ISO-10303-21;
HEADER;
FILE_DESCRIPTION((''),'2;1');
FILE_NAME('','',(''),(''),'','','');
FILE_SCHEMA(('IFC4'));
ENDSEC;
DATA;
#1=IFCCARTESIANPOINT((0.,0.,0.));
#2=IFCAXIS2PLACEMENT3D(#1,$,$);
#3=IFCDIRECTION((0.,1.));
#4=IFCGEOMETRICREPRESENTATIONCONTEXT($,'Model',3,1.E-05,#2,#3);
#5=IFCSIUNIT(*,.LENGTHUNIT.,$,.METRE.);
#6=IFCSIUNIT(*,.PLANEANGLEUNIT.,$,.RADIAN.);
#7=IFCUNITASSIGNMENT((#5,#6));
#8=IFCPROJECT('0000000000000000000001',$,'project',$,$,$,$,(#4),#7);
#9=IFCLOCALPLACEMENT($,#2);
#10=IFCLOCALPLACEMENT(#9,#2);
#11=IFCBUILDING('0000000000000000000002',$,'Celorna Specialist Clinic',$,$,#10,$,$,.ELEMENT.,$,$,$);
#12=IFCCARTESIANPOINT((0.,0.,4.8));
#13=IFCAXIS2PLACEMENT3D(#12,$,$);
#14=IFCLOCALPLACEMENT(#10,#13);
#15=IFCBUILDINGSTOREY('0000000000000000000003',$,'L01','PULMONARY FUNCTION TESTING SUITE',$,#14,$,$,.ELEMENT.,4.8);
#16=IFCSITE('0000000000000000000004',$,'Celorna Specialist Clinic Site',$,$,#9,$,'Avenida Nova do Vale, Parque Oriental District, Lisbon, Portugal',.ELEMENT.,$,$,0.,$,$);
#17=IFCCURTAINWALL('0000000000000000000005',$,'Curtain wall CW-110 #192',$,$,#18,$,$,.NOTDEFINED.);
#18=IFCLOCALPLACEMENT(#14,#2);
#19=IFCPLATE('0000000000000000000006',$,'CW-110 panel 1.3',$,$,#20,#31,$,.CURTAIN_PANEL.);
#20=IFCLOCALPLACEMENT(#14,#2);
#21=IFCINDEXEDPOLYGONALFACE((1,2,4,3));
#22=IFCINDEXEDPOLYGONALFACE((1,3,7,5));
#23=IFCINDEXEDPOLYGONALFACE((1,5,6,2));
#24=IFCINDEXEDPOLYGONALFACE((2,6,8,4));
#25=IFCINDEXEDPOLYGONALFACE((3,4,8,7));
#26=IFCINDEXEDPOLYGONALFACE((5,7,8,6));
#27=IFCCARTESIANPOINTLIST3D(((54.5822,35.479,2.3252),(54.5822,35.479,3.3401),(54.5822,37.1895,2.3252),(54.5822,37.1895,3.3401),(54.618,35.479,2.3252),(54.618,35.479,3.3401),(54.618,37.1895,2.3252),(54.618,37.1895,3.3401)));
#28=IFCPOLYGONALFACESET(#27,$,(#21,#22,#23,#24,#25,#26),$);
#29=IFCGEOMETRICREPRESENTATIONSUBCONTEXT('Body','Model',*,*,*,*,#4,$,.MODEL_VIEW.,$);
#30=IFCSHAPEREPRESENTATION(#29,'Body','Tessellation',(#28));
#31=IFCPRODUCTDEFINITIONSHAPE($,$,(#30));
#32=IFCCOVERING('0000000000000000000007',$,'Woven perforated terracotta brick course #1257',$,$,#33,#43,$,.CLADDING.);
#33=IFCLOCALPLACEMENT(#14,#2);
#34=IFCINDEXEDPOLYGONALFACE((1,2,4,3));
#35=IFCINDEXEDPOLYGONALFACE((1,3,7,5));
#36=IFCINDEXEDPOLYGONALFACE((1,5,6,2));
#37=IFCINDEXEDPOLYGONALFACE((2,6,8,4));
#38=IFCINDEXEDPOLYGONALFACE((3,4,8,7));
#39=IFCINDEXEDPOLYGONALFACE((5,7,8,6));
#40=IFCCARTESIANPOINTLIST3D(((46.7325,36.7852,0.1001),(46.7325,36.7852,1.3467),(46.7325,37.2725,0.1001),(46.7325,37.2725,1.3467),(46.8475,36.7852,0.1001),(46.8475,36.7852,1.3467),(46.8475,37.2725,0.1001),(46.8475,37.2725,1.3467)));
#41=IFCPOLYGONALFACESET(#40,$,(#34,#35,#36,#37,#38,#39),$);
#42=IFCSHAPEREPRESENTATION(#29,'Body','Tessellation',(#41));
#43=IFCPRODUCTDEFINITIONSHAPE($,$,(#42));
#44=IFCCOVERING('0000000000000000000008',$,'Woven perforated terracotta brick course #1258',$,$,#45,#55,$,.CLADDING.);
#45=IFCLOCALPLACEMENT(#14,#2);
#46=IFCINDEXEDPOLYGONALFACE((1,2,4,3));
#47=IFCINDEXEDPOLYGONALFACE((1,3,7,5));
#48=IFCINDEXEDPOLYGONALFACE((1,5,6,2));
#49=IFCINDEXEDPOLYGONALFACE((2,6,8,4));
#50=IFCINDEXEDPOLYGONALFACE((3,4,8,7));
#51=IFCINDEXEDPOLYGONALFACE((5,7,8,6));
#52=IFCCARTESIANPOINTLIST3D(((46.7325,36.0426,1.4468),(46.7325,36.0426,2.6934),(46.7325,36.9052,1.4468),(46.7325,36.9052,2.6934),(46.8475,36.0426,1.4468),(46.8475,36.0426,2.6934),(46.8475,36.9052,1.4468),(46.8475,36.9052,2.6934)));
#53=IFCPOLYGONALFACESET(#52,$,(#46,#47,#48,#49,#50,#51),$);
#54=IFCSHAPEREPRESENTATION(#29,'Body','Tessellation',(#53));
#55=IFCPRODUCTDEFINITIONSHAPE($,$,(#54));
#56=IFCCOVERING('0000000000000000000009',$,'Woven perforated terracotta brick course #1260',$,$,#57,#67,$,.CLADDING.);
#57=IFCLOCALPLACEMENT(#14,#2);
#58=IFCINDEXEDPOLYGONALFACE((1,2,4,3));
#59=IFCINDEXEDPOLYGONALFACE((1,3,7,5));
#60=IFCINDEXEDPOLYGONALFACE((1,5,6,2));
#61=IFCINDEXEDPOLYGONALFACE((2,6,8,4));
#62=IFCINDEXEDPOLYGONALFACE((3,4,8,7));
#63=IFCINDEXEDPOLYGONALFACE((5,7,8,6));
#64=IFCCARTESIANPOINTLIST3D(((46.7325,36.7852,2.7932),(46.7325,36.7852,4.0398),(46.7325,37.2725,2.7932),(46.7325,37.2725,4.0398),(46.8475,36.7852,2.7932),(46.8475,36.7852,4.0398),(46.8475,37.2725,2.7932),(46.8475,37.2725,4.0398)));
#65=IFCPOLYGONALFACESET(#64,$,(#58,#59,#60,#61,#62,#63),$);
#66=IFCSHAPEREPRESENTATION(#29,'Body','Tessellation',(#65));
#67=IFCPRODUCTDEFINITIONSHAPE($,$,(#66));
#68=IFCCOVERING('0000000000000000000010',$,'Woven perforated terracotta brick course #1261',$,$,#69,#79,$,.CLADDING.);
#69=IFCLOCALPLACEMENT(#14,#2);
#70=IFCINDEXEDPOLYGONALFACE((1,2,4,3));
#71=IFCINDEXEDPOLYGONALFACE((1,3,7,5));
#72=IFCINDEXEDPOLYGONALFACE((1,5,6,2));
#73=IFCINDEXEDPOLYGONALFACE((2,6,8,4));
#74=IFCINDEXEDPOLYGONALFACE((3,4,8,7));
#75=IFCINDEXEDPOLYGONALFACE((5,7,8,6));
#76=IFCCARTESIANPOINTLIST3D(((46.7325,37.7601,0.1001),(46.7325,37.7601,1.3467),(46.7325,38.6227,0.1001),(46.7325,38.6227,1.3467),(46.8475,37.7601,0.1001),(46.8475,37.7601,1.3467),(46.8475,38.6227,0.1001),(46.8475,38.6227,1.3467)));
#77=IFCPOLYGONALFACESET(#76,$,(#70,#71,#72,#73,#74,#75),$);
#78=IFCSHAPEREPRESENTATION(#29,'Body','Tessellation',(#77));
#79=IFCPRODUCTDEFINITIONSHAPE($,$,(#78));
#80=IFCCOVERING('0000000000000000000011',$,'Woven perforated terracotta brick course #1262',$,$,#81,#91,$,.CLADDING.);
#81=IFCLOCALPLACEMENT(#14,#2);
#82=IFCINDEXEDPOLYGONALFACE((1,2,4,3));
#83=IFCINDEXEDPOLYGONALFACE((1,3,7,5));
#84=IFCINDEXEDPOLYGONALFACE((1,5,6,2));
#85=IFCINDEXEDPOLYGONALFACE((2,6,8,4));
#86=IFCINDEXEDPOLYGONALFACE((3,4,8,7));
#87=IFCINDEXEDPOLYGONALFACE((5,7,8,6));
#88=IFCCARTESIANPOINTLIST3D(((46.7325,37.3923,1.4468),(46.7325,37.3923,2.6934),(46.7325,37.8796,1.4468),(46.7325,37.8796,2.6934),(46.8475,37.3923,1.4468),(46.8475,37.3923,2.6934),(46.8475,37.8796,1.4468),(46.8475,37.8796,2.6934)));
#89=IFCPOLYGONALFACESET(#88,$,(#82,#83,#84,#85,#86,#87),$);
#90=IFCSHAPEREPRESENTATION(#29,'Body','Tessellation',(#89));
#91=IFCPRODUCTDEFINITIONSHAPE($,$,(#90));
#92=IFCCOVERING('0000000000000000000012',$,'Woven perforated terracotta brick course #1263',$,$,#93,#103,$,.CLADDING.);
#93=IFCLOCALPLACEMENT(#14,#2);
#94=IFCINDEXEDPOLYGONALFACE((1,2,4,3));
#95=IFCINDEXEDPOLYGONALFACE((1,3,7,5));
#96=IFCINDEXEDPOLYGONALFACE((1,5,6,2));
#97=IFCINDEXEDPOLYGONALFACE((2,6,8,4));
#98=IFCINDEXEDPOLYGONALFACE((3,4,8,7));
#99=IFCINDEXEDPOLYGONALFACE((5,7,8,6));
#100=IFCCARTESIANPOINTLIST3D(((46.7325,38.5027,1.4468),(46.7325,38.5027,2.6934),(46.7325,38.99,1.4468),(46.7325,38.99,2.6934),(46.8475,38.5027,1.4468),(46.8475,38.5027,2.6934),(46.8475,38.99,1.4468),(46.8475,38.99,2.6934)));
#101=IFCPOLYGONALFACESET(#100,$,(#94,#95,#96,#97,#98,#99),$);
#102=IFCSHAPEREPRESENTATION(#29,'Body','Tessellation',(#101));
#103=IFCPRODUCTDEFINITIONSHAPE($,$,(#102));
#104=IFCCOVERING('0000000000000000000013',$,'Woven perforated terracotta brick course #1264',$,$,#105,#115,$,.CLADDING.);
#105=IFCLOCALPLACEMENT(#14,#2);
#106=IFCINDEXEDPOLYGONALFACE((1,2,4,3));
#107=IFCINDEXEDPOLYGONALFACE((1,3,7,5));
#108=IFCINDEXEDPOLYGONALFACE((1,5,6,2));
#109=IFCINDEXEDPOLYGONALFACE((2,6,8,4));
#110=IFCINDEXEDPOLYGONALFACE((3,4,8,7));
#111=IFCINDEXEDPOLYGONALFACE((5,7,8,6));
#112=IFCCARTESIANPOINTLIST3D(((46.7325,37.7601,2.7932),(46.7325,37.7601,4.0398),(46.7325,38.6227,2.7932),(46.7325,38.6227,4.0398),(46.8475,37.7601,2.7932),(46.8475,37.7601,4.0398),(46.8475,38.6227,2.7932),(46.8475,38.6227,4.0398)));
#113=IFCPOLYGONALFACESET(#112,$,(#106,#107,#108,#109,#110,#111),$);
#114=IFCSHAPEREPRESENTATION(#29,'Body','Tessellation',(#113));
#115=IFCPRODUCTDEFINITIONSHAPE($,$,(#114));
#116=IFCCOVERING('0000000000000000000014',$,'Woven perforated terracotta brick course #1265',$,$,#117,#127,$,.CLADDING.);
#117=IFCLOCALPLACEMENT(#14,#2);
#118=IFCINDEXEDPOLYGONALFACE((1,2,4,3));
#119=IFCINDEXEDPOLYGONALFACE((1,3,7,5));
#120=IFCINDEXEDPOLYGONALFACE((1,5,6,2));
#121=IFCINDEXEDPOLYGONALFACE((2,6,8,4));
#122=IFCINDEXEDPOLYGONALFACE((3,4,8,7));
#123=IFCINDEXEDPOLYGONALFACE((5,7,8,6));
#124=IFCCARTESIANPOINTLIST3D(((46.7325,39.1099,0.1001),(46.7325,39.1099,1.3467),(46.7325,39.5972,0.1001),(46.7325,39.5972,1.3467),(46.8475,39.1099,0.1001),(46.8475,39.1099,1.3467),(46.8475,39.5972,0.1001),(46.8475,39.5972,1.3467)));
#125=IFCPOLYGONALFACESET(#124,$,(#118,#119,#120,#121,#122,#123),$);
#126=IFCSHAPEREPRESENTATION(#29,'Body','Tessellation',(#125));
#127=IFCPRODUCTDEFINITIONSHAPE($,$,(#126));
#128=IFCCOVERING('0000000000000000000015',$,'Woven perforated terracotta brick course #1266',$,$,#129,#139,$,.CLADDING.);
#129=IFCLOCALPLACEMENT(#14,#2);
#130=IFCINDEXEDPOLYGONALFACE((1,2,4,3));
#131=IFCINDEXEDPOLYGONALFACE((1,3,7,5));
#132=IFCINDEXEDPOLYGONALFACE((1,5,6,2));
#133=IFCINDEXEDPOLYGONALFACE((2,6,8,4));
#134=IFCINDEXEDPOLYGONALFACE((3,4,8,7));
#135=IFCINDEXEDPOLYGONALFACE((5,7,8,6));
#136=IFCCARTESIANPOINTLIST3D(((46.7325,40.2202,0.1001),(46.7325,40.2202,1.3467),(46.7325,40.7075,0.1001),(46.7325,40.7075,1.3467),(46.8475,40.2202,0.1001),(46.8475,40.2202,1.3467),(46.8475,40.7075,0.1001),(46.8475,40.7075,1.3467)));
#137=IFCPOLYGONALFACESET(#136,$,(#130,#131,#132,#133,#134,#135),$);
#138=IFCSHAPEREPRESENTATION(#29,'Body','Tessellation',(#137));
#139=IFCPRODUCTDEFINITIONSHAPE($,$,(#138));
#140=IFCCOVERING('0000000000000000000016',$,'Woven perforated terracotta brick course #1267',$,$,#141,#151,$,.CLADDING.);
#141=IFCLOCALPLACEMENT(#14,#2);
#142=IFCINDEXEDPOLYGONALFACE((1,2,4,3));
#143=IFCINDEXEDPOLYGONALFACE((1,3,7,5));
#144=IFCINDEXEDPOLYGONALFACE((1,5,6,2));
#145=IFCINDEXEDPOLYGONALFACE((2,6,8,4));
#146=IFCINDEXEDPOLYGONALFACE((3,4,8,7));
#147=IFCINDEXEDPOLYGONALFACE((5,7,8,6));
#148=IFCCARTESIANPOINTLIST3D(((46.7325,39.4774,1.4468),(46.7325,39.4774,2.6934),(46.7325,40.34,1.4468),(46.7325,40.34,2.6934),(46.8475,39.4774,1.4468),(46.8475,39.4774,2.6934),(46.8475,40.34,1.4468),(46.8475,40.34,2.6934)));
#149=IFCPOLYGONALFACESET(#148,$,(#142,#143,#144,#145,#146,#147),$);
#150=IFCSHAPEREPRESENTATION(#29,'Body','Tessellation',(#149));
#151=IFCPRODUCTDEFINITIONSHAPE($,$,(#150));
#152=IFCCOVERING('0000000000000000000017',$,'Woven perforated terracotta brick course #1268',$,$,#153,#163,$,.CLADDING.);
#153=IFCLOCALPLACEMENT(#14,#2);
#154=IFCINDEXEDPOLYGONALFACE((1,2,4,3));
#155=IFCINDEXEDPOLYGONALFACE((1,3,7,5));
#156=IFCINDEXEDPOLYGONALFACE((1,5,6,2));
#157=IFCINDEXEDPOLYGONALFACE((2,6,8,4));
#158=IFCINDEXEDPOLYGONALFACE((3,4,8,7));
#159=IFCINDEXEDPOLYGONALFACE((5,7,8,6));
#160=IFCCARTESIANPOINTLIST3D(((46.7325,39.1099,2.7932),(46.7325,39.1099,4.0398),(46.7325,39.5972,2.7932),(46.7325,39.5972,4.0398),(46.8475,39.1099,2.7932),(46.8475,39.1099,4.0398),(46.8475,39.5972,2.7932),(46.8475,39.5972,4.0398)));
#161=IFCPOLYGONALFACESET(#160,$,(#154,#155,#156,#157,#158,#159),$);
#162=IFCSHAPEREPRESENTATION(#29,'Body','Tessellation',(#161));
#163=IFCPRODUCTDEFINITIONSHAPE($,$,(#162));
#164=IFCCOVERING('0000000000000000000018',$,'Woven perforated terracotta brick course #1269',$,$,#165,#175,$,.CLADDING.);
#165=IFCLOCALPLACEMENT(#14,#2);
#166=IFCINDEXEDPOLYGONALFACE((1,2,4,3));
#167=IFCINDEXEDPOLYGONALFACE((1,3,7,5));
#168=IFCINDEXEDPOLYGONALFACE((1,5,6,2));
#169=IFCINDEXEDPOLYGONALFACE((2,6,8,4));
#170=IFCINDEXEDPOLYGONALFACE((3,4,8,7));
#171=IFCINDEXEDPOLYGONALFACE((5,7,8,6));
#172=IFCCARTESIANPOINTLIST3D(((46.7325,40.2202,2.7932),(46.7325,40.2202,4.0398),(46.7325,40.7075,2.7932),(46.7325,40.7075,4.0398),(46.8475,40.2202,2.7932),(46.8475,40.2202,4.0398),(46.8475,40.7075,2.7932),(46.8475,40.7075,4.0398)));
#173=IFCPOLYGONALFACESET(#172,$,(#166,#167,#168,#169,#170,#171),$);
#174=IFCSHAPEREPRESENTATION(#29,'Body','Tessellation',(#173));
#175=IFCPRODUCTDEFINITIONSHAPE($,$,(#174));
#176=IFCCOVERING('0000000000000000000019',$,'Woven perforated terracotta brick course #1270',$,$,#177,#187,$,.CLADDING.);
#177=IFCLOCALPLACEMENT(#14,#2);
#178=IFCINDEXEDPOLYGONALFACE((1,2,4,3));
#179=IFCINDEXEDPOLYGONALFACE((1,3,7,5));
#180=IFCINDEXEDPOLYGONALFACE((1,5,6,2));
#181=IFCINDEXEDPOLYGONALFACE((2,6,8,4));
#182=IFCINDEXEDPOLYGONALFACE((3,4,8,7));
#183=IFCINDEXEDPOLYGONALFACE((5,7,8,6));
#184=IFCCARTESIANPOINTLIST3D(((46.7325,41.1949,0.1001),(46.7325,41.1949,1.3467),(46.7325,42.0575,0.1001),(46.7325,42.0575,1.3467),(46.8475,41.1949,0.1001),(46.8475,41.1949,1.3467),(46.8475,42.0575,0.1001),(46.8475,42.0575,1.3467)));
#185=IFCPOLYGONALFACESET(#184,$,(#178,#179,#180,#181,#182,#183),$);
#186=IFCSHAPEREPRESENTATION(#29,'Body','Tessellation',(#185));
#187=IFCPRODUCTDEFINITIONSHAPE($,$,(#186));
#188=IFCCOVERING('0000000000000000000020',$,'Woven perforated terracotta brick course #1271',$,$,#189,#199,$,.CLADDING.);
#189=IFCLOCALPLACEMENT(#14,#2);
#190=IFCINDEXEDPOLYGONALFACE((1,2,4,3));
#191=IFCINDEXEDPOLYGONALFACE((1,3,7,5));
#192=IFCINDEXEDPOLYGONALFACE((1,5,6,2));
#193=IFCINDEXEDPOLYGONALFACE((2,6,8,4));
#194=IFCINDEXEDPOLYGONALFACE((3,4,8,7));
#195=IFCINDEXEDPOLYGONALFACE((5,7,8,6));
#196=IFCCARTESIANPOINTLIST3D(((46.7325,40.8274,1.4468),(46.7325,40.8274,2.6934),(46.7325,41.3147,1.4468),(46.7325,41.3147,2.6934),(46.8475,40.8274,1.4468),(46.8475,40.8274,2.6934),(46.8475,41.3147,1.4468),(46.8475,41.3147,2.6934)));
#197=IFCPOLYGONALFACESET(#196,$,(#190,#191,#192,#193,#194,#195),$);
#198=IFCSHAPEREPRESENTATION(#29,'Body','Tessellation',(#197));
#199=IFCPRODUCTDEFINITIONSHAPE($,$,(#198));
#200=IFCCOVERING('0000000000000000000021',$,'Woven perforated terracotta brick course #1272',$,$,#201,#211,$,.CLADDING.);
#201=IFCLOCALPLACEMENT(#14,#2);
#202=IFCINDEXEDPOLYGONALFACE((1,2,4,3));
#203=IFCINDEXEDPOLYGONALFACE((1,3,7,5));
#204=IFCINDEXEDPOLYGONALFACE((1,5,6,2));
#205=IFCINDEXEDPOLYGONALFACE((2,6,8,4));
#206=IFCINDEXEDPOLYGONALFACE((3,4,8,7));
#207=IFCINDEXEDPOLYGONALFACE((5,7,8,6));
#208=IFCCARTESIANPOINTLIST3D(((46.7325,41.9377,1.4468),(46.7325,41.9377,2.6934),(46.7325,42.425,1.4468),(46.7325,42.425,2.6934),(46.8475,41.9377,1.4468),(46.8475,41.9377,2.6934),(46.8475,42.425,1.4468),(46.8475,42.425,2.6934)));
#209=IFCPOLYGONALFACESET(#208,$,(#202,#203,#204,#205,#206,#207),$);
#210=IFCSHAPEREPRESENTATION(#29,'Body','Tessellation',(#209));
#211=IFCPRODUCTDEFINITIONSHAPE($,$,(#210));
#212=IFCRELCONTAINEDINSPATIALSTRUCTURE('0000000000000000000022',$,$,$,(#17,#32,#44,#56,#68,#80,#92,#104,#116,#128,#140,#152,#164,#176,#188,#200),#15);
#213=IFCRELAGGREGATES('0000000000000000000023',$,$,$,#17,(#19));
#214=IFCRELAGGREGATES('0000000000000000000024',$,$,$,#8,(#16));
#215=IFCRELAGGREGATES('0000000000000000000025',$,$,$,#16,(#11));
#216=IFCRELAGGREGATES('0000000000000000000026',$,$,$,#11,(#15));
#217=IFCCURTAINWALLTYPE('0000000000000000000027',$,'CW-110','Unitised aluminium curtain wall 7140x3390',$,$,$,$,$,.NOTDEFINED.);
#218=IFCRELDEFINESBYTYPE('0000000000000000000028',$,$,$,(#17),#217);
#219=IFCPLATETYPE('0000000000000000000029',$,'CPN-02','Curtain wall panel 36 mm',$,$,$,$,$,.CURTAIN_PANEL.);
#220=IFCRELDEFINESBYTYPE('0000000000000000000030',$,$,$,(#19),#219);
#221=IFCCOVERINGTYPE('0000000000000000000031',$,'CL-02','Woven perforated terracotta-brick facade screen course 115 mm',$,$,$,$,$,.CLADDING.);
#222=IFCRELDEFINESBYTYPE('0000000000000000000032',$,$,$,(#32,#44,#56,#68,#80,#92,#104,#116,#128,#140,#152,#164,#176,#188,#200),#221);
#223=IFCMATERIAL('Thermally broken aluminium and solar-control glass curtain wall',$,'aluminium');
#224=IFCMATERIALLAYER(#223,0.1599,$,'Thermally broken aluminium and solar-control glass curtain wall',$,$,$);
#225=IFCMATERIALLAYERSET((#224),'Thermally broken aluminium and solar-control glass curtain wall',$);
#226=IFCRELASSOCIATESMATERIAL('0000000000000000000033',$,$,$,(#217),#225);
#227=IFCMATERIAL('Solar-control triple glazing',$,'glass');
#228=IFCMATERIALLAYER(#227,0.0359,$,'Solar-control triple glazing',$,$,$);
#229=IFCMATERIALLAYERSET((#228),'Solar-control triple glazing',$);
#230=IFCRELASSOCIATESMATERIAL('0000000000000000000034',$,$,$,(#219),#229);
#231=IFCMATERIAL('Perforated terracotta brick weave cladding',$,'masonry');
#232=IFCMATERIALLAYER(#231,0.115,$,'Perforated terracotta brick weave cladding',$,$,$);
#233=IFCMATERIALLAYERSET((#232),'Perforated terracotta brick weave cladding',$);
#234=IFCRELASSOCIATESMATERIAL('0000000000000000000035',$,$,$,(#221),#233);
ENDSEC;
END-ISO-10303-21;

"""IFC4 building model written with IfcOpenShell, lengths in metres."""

from ifc_helpers import new_model, si_unit, direction, frame, origin, origin_2d, place, context, subcontext, project, spatial, rectangle, extrude, material, layer, layer_set, type_object, element, aggregate, save


model = new_model("IFC4")

# Units and contexts
model_context = context("Model", 3, precision=1e-05, world=origin(), true_north=direction((0.0, 1.0)))
body_context = subcontext(model_context, "Body", "Model", "MODEL_VIEW")
ifc_project = project(units=[si_unit("LENGTHUNIT", "METRE"), si_unit("PLANEANGLEUNIT", "RADIAN")], contexts=[model_context])

# Site, building, storey
site_placement = place(None, origin())
site = spatial("IfcSite", under=ifc_project, at=site_placement, Name="Celorna Specialist Clinic Site", LongName="Avenida Nova do Vale, Parque Oriental District, Lisbon, Portugal", CompositionType="ELEMENT", RefElevation=0.0)
building_placement = place(site_placement, origin())
building = spatial("IfcBuilding", under=site, at=building_placement, Name="Celorna Specialist Clinic", CompositionType="ELEMENT")
storey_placement = place(building_placement, frame((0.0, 0.0, 4.8)))
storey = spatial("IfcBuildingStorey", under=building, at=storey_placement, Name="L01", Description="PULMONARY FUNCTION TESTING SUITE", CompositionType="ELEMENT", Elevation=4.8)

# Curtain wall, plate
ifc_material_1 = material(Name="Thermally broken aluminium and solar-control glass curtain wall", Category="aluminium")
ifc_layer_1 = layer(ifc_material_1, 0.1599, Name="Thermally broken aluminium and solar-control glass curtain wall")
ifc_layer_set_1 = layer_set([ifc_layer_1], Name="Thermally broken aluminium and solar-control glass curtain wall")
curtain_wall_type = type_object("IfcCurtainWallType", Name="CW-110", Description="Unitised aluminium curtain wall 7140x3390", PredefinedType="NOTDEFINED", material=ifc_layer_set_1)
curtain_wall_placement = place(storey_placement, origin())
curtain_wall = element("IfcCurtainWall", 1, at=curtain_wall_placement, inside=storey, type_object=curtain_wall_type, Name="Curtain wall CW-110 #192", PredefinedType="NOTDEFINED")
ifc_material_2 = material(Name="Solar-control triple glazing", Category="glass")
ifc_layer_2 = layer(ifc_material_2, 0.0359, Name="Solar-control triple glazing")
ifc_layer_set_2 = layer_set([ifc_layer_2], Name="Solar-control triple glazing")
plate_type = type_object("IfcPlateType", Name="CPN-02", Description="Curtain wall panel 36 mm", PredefinedType="CURTAIN_PANEL", material=ifc_layer_set_2)
plate_1_placement = place(storey_placement, frame((54.6001, 36.3342, 2.3252), z_axis=(0.0, 0.0, 1.0), x_axis=(0.0, 1.0, 0.0)))
plate_1 = element("IfcPlate", 2, at=plate_1_placement, type_object=plate_type, Name="CW-110 panel 1.3", PredefinedType="CURTAIN_PANEL", context=body_context, shape_type="SweptSolid", body=[
    extrude(rectangle(XDim=1.7104, YDim=0.0359, at=origin_2d()), origin(), (0.0, 0.0, 1.0), 1.0149),
])
aggregate(curtain_wall, [plate_1])

# Coverings
ifc_material_3 = material(Name="Perforated terracotta brick weave cladding", Category="masonry")
ifc_layer_3 = layer(ifc_material_3, 0.115, Name="Perforated terracotta brick weave cladding")
ifc_layer_set_3 = layer_set([ifc_layer_3], Name="Perforated terracotta brick weave cladding")
covering_type = type_object("IfcCoveringType", Name="CL-02", Description="Woven perforated terracotta-brick facade screen course 115 mm", PredefinedType="CLADDING", material=ifc_layer_set_3)
covering_1_placement = place(storey_placement, frame((46.79, 37.0288, 0.1001), z_axis=(0.0, 0.0, 1.0), x_axis=(0.0, 1.0, 0.0)))
element("IfcCovering", 3, at=covering_1_placement, inside=storey, type_object=covering_type, Name="Woven perforated terracotta brick course #1257", PredefinedType="CLADDING", context=body_context, shape_type="SweptSolid", body=[
    extrude(rectangle(XDim=0.4873, YDim=0.115, at=origin_2d()), origin(), (0.0, 0.0, 1.0), 1.2466),
])
covering_2_placement = place(storey_placement, frame((46.79, 36.4739, 1.4468), z_axis=(0.0, 0.0, 1.0), x_axis=(0.0, 1.0, 0.0)))
element("IfcCovering", 4, at=covering_2_placement, inside=storey, type_object=covering_type, Name="Woven perforated terracotta brick course #1258", PredefinedType="CLADDING", context=body_context, shape_type="SweptSolid", body=[
    extrude(rectangle(XDim=0.8625, YDim=0.115, at=origin_2d()), origin(), (0.0, 0.0, 1.0), 1.2466),
])
covering_3_placement = place(storey_placement, frame((46.79, 37.0288, 2.7932), z_axis=(0.0, 0.0, 1.0), x_axis=(0.0, 1.0, 0.0)))
element("IfcCovering", 5, at=covering_3_placement, inside=storey, type_object=covering_type, Name="Woven perforated terracotta brick course #1260", PredefinedType="CLADDING", context=body_context, shape_type="SweptSolid", body=[
    extrude(rectangle(XDim=0.4873, YDim=0.115, at=origin_2d()), origin(), (0.0, 0.0, 1.0), 1.2466),
])
covering_4_placement = place(storey_placement, frame((46.79, 38.1914, 0.1001), z_axis=(0.0, 0.0, 1.0), x_axis=(0.0, 1.0, 0.0)))
element("IfcCovering", 6, at=covering_4_placement, inside=storey, type_object=covering_type, Name="Woven perforated terracotta brick course #1261", PredefinedType="CLADDING", context=body_context, shape_type="SweptSolid", body=[
    extrude(rectangle(XDim=0.8625, YDim=0.115, at=origin_2d()), origin(), (0.0, 0.0, 1.0), 1.2466),
])
for number, where, z_axis, x_axis, name in (
    (7, (46.79, 37.636, 1.4468), (0.0, 0.0, 1.0), (0.0, 1.0, 0.0), "Woven perforated terracotta brick course #1262"),
    (8, (46.79, 38.7463, 1.4468), (0.0, 0.0, 1.0), (0.0, 1.0, 0.0), "Woven perforated terracotta brick course #1263"),
):
    element("IfcCovering", number, at=place(storey_placement, frame(where, z_axis=z_axis, x_axis=x_axis)), inside=storey, type_object=covering_type, Name=name, PredefinedType="CLADDING", context=body_context, shape_type="SweptSolid", body=[
        extrude(rectangle(XDim=0.4873, YDim=0.115, at=origin_2d()), origin(), (0.0, 0.0, 1.0), 1.2466),
    ])
covering_5_placement = place(storey_placement, frame((46.79, 38.1914, 2.7932), z_axis=(0.0, 0.0, 1.0), x_axis=(0.0, 1.0, 0.0)))
element("IfcCovering", 9, at=covering_5_placement, inside=storey, type_object=covering_type, Name="Woven perforated terracotta brick course #1264", PredefinedType="CLADDING", context=body_context, shape_type="SweptSolid", body=[
    extrude(rectangle(XDim=0.8625, YDim=0.115, at=origin_2d()), origin(), (0.0, 0.0, 1.0), 1.2466),
])
for number, where, z_axis, x_axis, name in (
    (10, (46.79, 39.3535, 0.1001), (0.0, 0.0, 1.0), (0.0, 1.0, 0.0), "Woven perforated terracotta brick course #1265"),
    (11, (46.79, 40.4639, 0.1001), (0.0, 0.0, 1.0), (0.0, 1.0, 0.0), "Woven perforated terracotta brick course #1266"),
):
    element("IfcCovering", number, at=place(storey_placement, frame(where, z_axis=z_axis, x_axis=x_axis)), inside=storey, type_object=covering_type, Name=name, PredefinedType="CLADDING", context=body_context, shape_type="SweptSolid", body=[
        extrude(rectangle(XDim=0.4873, YDim=0.115, at=origin_2d()), origin(), (0.0, 0.0, 1.0), 1.2466),
    ])
covering_6_placement = place(storey_placement, frame((46.79, 39.9087, 1.4468), z_axis=(0.0, 0.0, 1.0), x_axis=(0.0, 1.0, 0.0)))
element("IfcCovering", 12, at=covering_6_placement, inside=storey, type_object=covering_type, Name="Woven perforated terracotta brick course #1267", PredefinedType="CLADDING", context=body_context, shape_type="SweptSolid", body=[
    extrude(rectangle(XDim=0.8625, YDim=0.115, at=origin_2d()), origin(), (0.0, 0.0, 1.0), 1.2466),
])
for number, where, z_axis, x_axis, name in (
    (13, (46.79, 39.3535, 2.7932), (0.0, 0.0, 1.0), (0.0, 1.0, 0.0), "Woven perforated terracotta brick course #1268"),
    (14, (46.79, 40.4639, 2.7932), (0.0, 0.0, 1.0), (0.0, 1.0, 0.0), "Woven perforated terracotta brick course #1269"),
):
    element("IfcCovering", number, at=place(storey_placement, frame(where, z_axis=z_axis, x_axis=x_axis)), inside=storey, type_object=covering_type, Name=name, PredefinedType="CLADDING", context=body_context, shape_type="SweptSolid", body=[
        extrude(rectangle(XDim=0.4873, YDim=0.115, at=origin_2d()), origin(), (0.0, 0.0, 1.0), 1.2466),
    ])
covering_7_placement = place(storey_placement, frame((46.79, 41.6262, 0.1001), z_axis=(0.0, 0.0, 1.0), x_axis=(0.0, 1.0, 0.0)))
element("IfcCovering", 15, at=covering_7_placement, inside=storey, type_object=covering_type, Name="Woven perforated terracotta brick course #1270", PredefinedType="CLADDING", context=body_context, shape_type="SweptSolid", body=[
    extrude(rectangle(XDim=0.8625, YDim=0.115, at=origin_2d()), origin(), (0.0, 0.0, 1.0), 1.2466),
])
for number, where, z_axis, x_axis, name in (
    (16, (46.79, 41.071, 1.4468), (0.0, 0.0, 1.0), (0.0, 1.0, 0.0), "Woven perforated terracotta brick course #1271"),
    (17, (46.79, 42.1814, 1.4468), (0.0, 0.0, 1.0), (0.0, 1.0, 0.0), "Woven perforated terracotta brick course #1272"),
):
    element("IfcCovering", number, at=place(storey_placement, frame(where, z_axis=z_axis, x_axis=x_axis)), inside=storey, type_object=covering_type, Name=name, PredefinedType="CLADDING", context=body_context, shape_type="SweptSolid", body=[
        extrude(rectangle(XDim=0.4873, YDim=0.115, at=origin_2d()), origin(), (0.0, 0.0, 1.0), 1.2466),
    ])

save(model, "model.ifc")
